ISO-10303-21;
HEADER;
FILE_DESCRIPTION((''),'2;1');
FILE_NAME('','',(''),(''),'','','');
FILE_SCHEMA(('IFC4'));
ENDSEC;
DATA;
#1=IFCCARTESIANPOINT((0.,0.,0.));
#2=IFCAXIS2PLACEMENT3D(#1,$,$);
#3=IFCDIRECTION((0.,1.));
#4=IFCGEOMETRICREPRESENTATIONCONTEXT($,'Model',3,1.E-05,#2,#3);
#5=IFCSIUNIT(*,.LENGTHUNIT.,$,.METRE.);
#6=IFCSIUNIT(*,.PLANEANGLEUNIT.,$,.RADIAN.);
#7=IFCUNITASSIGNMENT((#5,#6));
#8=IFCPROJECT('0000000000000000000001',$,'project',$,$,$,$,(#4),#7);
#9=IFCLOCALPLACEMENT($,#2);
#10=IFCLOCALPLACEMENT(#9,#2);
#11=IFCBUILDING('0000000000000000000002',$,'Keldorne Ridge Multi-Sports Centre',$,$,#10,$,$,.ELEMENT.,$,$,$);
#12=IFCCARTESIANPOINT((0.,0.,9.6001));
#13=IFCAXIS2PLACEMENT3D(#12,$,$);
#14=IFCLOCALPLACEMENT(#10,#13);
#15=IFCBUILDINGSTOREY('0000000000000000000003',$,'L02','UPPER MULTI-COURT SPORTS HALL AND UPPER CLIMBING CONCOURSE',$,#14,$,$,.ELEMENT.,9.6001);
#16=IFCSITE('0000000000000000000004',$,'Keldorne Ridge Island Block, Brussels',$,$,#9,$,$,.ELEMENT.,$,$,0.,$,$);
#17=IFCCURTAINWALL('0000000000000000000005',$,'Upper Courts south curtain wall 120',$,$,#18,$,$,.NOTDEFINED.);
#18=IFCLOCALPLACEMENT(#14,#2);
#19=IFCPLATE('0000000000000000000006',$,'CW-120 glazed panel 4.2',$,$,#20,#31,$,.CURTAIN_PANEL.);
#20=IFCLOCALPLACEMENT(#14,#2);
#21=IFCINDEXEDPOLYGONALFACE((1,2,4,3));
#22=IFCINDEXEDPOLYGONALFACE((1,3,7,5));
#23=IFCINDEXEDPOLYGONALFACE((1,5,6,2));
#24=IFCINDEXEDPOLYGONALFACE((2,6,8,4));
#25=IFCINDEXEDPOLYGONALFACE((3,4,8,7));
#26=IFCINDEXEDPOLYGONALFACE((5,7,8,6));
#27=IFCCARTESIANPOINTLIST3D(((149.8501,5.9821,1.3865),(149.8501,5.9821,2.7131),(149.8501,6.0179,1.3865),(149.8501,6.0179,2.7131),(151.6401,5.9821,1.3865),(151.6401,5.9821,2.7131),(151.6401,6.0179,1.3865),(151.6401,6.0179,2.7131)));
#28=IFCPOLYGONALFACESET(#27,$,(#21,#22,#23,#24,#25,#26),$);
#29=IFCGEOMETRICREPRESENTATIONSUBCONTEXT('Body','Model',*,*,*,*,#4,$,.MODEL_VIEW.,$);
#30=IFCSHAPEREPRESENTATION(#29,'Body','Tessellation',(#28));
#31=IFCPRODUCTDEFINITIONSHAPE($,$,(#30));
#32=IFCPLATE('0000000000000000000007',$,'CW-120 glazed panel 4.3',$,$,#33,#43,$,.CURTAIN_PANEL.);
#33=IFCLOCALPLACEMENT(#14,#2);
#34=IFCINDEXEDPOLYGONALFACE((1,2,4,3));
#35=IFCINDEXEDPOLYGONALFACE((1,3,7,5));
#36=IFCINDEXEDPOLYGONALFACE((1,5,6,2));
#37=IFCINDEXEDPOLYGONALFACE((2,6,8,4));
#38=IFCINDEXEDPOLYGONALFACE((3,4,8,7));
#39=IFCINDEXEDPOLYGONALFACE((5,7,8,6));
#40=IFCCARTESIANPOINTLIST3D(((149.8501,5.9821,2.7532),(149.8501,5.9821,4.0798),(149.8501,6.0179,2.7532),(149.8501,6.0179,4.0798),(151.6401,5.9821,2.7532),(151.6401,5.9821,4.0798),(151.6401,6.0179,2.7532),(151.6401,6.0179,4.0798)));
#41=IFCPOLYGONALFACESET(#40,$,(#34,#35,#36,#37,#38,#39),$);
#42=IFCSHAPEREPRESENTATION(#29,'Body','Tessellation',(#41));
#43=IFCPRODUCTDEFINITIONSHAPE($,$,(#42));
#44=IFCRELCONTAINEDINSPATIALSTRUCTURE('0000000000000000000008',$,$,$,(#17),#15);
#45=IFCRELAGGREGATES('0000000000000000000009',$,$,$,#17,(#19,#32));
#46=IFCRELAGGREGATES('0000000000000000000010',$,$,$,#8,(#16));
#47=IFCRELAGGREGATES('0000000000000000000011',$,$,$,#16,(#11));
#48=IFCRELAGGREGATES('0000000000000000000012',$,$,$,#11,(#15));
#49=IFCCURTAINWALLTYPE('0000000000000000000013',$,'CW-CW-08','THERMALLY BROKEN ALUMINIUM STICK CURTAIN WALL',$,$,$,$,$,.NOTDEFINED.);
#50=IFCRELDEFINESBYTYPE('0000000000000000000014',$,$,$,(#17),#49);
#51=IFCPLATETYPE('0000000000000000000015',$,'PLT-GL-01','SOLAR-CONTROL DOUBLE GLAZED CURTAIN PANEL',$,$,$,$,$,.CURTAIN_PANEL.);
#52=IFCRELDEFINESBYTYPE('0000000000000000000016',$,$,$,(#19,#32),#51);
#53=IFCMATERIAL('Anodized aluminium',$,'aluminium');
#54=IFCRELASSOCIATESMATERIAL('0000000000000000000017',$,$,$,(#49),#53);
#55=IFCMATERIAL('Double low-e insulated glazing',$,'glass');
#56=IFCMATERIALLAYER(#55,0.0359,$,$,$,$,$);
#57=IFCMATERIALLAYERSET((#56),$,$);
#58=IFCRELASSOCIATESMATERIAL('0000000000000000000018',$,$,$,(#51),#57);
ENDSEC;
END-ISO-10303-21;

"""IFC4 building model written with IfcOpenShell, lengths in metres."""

from ifc_helpers import new_model, si_unit, direction, frame, origin, origin_2d, place, context, subcontext, project, spatial, rectangle, extrude, material, layer, layer_set, type_object, element, aggregate, save


model = new_model("IFC4")

# Units and contexts
model_context = context("Model", 3, precision=1e-05, world=origin(), true_north=direction((0.0, 1.0)))
body_context = subcontext(model_context, "Body", "Model", "MODEL_VIEW")
ifc_project = project(units=[si_unit("LENGTHUNIT", "METRE"), si_unit("PLANEANGLEUNIT", "RADIAN")], contexts=[model_context])

# Site, building, storey
site_placement = place(None, origin())
site = spatial("IfcSite", under=ifc_project, at=site_placement, Name="Keldorne Ridge Island Block, Brussels", CompositionType="ELEMENT", RefElevation=0.0)
building_placement = place(site_placement, origin())
building = spatial("IfcBuilding", under=site, at=building_placement, Name="Keldorne Ridge Multi-Sports Centre", CompositionType="ELEMENT")
storey_placement = place(building_placement, frame((0.0, 0.0, 9.6001)))
storey = spatial("IfcBuildingStorey", under=building, at=storey_placement, Name="L02", Description="UPPER MULTI-COURT SPORTS HALL AND UPPER CLIMBING CONCOURSE", CompositionType="ELEMENT", Elevation=9.6001)

# Curtain wall
ifc_material_1 = material(Name="Anodized aluminium", Category="aluminium")
curtain_wall_type_1 = type_object("IfcCurtainWallType", Name="CW-CW-08", Description="THERMALLY BROKEN ALUMINIUM STICK CURTAIN WALL", PredefinedType="NOTDEFINED", material=ifc_material_1)
curtain_wall_1_placement = place(storey_placement, origin())
curtain_wall_1 = element("IfcCurtainWall", 1, at=curtain_wall_1_placement, inside=storey, type_object=curtain_wall_type_1, Name="Upper Courts south curtain wall 120", PredefinedType="NOTDEFINED")

# Plates
ifc_material_2 = material(Name="Double low-e insulated glazing", Category="glass")
ifc_layer = layer(ifc_material_2, 0.0359)
ifc_layer_set = layer_set([ifc_layer])
plate_type = type_object("IfcPlateType", Name="PLT-GL-01", Description="SOLAR-CONTROL DOUBLE GLAZED CURTAIN PANEL", PredefinedType="CURTAIN_PANEL", material=ifc_layer_set)
plate_1_placement = place(storey_placement, frame((150.7451, 6.0, 1.3865), z_axis=(0.0, 0.0, 1.0), x_axis=(1.0, 0.0, 0.0)))
plate_1 = element("IfcPlate", 2, at=plate_1_placement, type_object=plate_type, Name="CW-120 glazed panel 4.2", PredefinedType="CURTAIN_PANEL", context=body_context, shape_type="SweptSolid", body=[
    extrude(rectangle(XDim=1.79, YDim=0.0359, at=origin_2d()), origin(), (0.0, 0.0, 1.0), 1.3267),
])
plate_2_placement = place(storey_placement, frame((150.7451, 6.0, 2.7532), z_axis=(0.0, 0.0, 1.0), x_axis=(1.0, 0.0, 0.0)))
plate_2 = element("IfcPlate", 3, at=plate_2_placement, type_object=plate_type, Name="CW-120 glazed panel 4.3", PredefinedType="CURTAIN_PANEL", context=body_context, shape_type="SweptSolid", body=[
    extrude(rectangle(XDim=1.79, YDim=0.0359, at=origin_2d()), origin(), (0.0, 0.0, 1.0), 1.3267),
])
aggregate(curtain_wall_1, [plate_1, plate_2])

save(model, "model.ifc")
